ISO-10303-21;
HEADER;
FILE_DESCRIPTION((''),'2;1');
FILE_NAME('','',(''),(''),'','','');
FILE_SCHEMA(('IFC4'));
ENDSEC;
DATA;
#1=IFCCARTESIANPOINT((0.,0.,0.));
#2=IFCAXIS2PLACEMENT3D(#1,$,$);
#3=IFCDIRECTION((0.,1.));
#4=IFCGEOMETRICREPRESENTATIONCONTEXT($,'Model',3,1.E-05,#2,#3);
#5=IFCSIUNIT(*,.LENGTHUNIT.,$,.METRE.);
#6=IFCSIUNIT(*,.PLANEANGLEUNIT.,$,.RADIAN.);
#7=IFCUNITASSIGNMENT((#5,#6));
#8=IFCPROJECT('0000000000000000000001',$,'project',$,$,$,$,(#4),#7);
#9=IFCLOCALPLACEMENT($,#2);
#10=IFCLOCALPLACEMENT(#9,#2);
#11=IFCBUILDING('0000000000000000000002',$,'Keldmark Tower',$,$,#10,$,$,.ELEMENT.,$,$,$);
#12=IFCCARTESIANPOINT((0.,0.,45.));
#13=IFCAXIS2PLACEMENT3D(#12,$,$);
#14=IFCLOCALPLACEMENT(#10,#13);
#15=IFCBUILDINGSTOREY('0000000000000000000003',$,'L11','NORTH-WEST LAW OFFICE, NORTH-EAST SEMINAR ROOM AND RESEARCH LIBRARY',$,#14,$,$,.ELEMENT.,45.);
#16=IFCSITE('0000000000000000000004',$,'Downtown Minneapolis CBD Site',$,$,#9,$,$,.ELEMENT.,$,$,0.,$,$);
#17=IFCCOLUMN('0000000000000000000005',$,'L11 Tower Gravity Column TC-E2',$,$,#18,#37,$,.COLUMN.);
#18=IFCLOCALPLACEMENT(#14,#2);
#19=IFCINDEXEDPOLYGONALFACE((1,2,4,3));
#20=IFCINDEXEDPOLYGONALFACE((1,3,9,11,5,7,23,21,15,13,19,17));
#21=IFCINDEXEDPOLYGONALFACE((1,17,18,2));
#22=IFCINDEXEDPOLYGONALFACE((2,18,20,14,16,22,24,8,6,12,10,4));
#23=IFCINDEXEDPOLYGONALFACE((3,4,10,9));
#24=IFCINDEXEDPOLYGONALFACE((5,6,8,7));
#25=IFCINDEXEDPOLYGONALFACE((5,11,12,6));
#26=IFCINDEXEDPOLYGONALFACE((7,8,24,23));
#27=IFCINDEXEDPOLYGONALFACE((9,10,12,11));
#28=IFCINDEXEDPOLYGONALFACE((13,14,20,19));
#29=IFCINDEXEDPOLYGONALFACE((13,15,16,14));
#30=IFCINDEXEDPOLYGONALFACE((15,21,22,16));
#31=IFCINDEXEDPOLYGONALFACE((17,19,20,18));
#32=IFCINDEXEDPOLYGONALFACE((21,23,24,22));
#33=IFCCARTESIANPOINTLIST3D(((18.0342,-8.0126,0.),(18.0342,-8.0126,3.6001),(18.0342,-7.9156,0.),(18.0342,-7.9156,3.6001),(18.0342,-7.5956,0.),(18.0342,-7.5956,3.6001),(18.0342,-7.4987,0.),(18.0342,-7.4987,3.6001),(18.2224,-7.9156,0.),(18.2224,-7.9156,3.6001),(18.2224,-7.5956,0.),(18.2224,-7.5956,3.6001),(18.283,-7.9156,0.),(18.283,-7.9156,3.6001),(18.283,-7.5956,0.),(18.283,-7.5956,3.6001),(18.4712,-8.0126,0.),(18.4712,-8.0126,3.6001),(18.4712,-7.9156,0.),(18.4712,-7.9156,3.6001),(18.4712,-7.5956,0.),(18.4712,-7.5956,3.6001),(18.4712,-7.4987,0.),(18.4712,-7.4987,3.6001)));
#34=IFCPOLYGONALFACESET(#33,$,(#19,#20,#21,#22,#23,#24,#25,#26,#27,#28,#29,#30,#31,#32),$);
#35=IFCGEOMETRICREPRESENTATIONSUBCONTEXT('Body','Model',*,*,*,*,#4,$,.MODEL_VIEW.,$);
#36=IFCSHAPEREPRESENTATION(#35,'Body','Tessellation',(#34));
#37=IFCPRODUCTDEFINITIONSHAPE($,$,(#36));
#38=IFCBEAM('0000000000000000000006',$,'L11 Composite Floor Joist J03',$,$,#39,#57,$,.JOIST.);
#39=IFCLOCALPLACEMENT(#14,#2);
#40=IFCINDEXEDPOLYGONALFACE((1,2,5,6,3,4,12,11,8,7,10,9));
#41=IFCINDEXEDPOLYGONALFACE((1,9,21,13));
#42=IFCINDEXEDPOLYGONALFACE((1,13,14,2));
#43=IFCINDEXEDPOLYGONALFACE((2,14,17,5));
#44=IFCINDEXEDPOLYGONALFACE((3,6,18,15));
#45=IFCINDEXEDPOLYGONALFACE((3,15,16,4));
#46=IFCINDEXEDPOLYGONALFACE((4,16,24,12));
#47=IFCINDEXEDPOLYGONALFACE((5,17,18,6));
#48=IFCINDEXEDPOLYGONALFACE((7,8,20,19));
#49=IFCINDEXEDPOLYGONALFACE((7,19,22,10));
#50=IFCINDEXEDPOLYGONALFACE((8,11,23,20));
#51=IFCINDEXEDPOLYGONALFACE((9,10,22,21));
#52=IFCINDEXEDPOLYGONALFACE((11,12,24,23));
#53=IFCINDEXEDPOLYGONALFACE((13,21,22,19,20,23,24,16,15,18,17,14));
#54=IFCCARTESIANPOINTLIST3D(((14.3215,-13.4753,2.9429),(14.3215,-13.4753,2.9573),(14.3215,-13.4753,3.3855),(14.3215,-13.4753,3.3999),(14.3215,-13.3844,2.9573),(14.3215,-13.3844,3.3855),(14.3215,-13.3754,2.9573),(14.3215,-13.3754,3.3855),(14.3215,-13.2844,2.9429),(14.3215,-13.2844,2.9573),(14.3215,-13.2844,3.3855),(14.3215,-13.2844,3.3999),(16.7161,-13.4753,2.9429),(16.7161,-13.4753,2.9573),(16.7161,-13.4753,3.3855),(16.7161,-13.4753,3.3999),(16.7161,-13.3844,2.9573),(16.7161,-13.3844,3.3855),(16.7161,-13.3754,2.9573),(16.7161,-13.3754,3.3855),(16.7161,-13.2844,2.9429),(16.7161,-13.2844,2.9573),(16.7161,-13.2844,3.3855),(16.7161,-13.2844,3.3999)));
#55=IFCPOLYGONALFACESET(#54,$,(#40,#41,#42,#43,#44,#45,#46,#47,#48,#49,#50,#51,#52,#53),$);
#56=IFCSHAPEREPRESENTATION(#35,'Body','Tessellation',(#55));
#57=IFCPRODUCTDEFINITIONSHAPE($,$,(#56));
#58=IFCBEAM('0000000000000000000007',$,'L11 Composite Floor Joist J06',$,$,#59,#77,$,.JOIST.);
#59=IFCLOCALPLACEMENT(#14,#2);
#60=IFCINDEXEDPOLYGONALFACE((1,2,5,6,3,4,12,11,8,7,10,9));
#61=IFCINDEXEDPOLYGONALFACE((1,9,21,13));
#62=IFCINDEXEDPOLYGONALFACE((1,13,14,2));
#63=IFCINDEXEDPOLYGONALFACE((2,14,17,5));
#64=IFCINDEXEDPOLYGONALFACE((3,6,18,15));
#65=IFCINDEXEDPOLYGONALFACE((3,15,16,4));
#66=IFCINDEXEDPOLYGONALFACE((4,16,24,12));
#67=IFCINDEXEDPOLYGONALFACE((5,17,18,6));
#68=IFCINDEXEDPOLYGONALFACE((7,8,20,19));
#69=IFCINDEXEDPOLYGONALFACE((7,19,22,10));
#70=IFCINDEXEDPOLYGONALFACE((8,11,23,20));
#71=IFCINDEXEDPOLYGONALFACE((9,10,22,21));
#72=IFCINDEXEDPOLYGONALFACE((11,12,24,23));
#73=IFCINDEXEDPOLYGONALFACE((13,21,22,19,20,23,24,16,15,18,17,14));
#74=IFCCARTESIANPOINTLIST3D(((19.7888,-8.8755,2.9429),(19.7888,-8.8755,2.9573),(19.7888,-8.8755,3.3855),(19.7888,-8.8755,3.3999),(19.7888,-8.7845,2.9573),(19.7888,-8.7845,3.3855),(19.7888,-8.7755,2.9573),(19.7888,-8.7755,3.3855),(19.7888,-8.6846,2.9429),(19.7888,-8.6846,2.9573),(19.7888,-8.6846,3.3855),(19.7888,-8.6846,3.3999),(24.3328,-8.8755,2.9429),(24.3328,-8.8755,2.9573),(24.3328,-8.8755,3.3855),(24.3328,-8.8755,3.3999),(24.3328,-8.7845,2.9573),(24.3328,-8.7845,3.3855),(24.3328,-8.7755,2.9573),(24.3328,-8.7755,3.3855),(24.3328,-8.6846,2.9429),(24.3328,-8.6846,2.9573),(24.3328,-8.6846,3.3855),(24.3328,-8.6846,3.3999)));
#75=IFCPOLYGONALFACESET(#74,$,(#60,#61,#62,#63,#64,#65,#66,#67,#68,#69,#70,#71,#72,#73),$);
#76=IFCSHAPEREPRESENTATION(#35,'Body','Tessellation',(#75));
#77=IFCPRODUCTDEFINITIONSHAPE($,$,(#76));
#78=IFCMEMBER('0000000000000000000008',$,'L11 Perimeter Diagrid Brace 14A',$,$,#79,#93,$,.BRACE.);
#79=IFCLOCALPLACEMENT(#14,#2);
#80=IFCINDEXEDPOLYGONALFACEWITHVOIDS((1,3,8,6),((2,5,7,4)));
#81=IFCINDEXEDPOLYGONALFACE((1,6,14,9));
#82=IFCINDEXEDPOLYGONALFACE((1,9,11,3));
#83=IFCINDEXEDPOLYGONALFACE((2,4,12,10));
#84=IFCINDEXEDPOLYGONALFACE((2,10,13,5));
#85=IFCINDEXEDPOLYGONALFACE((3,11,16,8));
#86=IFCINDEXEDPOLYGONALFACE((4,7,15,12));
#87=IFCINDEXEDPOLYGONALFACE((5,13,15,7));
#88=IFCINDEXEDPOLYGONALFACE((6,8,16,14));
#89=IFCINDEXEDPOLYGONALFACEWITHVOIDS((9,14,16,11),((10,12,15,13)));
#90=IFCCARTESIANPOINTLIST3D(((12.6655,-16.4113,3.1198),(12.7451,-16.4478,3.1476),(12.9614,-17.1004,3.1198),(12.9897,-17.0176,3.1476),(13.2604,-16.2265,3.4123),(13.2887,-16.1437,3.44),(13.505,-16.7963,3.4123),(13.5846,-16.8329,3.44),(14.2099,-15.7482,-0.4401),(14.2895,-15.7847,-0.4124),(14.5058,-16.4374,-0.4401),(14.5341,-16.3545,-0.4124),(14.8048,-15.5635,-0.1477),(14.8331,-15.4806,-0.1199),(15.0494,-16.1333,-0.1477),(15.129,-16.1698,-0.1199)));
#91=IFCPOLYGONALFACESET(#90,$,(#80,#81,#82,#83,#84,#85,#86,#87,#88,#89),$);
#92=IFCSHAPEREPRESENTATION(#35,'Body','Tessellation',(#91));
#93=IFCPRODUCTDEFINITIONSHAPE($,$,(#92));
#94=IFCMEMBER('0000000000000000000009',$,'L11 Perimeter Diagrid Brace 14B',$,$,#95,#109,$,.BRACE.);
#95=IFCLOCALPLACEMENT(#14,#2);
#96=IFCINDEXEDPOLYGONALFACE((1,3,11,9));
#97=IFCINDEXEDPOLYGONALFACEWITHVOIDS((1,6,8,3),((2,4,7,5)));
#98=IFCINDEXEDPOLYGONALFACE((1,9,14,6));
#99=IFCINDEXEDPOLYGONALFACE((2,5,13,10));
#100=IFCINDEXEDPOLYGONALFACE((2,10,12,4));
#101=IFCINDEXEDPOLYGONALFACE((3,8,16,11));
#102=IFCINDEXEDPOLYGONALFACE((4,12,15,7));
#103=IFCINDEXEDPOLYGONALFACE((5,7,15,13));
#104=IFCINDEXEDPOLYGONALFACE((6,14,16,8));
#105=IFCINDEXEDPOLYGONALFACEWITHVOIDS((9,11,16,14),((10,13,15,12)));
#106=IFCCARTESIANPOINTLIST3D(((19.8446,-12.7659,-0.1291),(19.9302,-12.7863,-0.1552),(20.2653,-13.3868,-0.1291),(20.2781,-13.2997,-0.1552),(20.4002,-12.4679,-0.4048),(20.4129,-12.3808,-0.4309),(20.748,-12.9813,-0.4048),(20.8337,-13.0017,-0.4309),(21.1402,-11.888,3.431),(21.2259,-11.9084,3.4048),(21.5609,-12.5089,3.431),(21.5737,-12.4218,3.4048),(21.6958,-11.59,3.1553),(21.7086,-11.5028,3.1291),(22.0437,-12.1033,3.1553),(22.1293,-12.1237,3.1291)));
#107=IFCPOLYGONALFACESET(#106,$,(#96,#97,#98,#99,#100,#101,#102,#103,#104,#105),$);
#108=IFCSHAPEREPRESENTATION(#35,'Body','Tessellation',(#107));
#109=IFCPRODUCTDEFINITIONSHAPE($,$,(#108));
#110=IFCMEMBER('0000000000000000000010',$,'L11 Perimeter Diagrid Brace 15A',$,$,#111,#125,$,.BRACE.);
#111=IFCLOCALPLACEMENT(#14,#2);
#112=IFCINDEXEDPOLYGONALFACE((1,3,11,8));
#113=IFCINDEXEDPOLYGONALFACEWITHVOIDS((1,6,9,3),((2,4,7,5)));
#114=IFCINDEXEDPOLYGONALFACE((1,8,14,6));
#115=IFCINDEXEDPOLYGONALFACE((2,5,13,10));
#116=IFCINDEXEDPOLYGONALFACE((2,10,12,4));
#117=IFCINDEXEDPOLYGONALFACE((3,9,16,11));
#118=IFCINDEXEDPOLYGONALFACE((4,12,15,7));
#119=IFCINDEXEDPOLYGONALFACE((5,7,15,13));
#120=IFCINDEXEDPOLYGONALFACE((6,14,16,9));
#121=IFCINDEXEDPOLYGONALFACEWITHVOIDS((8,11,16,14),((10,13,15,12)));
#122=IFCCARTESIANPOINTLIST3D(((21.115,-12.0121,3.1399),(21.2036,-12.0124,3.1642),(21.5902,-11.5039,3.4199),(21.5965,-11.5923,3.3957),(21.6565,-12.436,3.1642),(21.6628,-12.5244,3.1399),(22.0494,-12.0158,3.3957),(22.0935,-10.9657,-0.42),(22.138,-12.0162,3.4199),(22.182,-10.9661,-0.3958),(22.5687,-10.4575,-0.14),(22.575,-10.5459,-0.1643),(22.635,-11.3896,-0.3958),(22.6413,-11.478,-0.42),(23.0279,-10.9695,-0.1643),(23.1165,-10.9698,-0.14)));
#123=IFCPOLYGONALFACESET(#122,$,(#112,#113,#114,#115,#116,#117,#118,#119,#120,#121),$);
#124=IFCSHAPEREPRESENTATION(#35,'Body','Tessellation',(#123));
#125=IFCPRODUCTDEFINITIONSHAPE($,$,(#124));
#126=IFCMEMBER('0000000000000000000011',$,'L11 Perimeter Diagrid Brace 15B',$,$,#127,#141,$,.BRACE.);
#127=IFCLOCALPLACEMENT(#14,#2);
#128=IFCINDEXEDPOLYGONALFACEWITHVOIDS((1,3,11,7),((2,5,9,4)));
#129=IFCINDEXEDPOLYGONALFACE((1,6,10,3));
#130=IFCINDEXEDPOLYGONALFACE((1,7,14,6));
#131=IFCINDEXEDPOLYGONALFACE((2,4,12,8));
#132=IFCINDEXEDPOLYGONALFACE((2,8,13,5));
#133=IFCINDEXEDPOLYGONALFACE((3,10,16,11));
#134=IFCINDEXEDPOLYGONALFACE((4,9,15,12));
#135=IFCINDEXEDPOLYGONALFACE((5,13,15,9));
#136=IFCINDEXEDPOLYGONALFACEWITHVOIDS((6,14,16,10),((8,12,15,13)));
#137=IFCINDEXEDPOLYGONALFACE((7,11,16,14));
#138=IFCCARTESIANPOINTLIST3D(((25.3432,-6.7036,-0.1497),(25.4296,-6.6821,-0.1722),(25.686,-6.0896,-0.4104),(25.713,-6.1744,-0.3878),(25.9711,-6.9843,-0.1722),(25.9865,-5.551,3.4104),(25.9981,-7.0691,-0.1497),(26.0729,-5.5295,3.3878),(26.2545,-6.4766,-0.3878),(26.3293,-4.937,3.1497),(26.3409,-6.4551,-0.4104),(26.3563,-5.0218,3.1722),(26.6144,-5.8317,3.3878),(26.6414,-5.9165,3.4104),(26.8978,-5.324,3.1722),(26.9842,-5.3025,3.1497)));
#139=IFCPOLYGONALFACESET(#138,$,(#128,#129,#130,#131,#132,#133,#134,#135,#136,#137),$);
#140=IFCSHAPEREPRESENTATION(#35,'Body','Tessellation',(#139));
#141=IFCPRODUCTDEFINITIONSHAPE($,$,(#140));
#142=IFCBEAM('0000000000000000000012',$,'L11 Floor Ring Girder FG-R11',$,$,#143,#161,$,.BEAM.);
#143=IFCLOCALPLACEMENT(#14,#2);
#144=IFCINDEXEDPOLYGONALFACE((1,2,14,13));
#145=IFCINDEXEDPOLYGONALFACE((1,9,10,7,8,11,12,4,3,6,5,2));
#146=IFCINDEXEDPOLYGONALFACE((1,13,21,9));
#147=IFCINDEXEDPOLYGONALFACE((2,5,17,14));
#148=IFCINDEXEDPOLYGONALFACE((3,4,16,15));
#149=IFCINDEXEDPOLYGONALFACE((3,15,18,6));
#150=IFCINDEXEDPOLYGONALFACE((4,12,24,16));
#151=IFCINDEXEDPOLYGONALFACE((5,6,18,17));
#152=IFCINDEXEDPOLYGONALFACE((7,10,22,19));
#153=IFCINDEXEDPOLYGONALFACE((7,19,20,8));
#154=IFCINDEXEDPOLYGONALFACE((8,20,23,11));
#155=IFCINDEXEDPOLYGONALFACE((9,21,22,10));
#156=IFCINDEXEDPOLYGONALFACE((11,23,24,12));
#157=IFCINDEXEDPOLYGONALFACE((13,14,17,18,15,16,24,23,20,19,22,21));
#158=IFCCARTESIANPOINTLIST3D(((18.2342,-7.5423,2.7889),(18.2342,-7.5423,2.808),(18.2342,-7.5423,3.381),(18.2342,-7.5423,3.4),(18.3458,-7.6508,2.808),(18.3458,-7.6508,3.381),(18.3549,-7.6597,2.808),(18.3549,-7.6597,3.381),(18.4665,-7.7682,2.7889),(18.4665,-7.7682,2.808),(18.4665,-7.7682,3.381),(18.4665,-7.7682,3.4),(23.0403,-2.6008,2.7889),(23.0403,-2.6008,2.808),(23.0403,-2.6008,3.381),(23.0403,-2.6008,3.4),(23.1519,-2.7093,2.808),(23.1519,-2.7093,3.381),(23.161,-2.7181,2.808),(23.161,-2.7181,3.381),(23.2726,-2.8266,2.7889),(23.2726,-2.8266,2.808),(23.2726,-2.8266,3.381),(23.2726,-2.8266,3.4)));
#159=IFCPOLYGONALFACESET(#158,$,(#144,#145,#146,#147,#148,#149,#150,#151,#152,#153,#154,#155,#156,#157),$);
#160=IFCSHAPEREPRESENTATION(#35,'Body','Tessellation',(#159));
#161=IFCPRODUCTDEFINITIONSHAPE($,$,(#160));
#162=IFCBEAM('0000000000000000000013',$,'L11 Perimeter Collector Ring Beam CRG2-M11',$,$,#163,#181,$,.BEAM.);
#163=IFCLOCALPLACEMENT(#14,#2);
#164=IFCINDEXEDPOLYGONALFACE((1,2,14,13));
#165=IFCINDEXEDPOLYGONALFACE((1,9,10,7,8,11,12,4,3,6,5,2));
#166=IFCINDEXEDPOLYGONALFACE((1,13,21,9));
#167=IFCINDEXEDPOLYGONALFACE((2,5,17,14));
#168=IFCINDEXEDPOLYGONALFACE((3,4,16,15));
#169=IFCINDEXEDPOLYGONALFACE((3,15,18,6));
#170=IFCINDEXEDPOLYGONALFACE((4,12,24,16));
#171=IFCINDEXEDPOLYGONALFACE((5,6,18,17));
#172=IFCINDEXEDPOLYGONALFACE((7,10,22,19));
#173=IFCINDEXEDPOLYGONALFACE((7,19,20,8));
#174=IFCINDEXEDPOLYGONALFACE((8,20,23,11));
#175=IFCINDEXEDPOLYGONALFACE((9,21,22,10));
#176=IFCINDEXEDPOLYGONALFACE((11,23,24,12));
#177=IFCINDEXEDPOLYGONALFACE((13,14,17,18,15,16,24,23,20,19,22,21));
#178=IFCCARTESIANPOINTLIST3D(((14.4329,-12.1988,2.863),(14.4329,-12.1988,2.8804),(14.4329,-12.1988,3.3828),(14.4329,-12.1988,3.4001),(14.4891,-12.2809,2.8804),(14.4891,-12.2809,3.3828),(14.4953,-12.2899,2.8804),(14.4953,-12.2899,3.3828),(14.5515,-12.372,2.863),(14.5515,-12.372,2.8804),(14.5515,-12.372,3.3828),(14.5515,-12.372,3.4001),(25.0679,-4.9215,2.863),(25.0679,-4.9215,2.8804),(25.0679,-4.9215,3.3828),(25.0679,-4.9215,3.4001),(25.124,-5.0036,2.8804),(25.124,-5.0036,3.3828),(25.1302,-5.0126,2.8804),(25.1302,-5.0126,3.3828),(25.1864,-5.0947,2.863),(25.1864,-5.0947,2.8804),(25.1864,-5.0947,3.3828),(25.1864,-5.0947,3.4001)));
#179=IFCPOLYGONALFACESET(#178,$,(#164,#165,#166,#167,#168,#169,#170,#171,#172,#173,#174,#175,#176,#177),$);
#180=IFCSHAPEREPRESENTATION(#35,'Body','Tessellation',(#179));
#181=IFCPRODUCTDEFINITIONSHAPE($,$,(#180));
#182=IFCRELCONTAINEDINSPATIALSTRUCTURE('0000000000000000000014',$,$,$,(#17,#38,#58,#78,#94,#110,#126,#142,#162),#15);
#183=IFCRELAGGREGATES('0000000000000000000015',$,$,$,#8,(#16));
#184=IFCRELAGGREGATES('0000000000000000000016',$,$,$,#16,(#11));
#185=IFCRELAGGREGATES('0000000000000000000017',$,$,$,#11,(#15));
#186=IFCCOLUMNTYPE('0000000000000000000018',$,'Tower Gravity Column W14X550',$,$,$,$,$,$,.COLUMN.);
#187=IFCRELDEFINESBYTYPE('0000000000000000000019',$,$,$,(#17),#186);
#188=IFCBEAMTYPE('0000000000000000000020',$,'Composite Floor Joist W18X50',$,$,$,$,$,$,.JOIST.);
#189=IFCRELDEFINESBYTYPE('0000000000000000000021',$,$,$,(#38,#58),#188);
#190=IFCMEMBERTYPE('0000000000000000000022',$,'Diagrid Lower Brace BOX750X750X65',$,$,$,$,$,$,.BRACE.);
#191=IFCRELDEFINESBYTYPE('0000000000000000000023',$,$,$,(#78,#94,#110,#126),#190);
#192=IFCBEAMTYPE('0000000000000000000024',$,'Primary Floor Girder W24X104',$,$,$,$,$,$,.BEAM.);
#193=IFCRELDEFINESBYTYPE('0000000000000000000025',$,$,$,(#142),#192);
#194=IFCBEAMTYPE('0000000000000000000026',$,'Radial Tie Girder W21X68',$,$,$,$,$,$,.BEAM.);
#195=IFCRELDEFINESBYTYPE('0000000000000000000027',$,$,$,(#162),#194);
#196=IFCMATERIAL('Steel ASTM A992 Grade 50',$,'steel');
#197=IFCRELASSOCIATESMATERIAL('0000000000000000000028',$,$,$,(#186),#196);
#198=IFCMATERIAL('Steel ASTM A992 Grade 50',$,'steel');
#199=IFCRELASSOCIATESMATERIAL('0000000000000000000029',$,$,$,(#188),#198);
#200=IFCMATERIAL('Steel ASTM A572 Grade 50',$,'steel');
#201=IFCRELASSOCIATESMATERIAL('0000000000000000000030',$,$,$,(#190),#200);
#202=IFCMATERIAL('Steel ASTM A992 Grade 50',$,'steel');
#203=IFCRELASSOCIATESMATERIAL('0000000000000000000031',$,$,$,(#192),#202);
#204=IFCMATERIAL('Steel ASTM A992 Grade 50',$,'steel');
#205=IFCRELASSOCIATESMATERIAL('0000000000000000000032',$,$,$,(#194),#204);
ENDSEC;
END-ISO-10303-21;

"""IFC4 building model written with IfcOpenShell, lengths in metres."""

from ifc_helpers import new_model, si_unit, direction, frame, origin, origin_2d, place, context, subcontext, project, spatial, hollow_rectangle, i_section, extrude, material, material_profile, profile_set, type_object, element, save


model = new_model("IFC4")

# Units and contexts
model_context = context("Model", 3, precision=1e-05, world=origin(), true_north=direction((0.0, 1.0)))
body_context = subcontext(model_context, "Body", "Model", "MODEL_VIEW")
ifc_project = project(units=[si_unit("LENGTHUNIT", "METRE"), si_unit("PLANEANGLEUNIT", "RADIAN")], contexts=[model_context])

# Site, building, storey
site_placement = place(None, origin())
site = spatial("IfcSite", under=ifc_project, at=site_placement, Name="Downtown Minneapolis CBD Site", CompositionType="ELEMENT", RefElevation=0.0)
building_placement = place(site_placement, origin())
building = spatial("IfcBuilding", under=site, at=building_placement, Name="Keldmark Tower", CompositionType="ELEMENT")
storey_placement = place(building_placement, frame((0.0, 0.0, 45.0)))
storey = spatial("IfcBuildingStorey", under=building, at=storey_placement, Name="L11", Description="NORTH-WEST LAW OFFICE, NORTH-EAST SEMINAR ROOM AND RESEARCH LIBRARY", CompositionType="ELEMENT", Elevation=45.0)

# Column
ifc_material_1 = material(Name="Steel ASTM A992 Grade 50", Category="steel")
ifc_material_profile_1 = material_profile(ifc_material_1, i_section(OverallWidth=0.437, OverallDepth=0.5139, WebThickness=0.0605, FlangeThickness=0.0969, at=origin_2d()), Name="W14X550")
ifc_profile_set_1 = profile_set([ifc_material_profile_1], Name="Steel ASTM A992 Grade 50")
column_type = type_object("IfcColumnType", Name="Tower Gravity Column W14X550", PredefinedType="COLUMN", material=ifc_profile_set_1)
column_placement = place(storey_placement, frame((18.2527, -7.7556, 0.0), z_axis=(0.0, 0.0, 1.0), x_axis=(1.0, 0.0, 0.0)))
element("IfcColumn", 1, at=column_placement, inside=storey, type_object=column_type, Name="L11 Tower Gravity Column TC-E2", PredefinedType="COLUMN", context=body_context, shape_type="SweptSolid", body=[
    extrude(i_section(OverallWidth=0.437, OverallDepth=0.5139, WebThickness=0.0605, FlangeThickness=0.0969, at=origin_2d()), origin(), (0.0, 0.0, 1.0), 3.6001),
])

# Beams
ifc_material_2 = material(Name="Steel ASTM A992 Grade 50", Category="steel")
ifc_material_profile_2 = material_profile(ifc_material_2, i_section(OverallWidth=0.1909, OverallDepth=0.457, WebThickness=0.009, FlangeThickness=0.0144, at=origin_2d()), Name="W18X50")
ifc_profile_set_2 = profile_set([ifc_material_profile_2], Name="Steel ASTM A992 Grade 50")
beam_type_1 = type_object("IfcBeamType", Name="Composite Floor Joist W18X50", PredefinedType="JOIST", material=ifc_profile_set_2)
beam_1_placement = place(storey_placement, frame((14.3215, -13.3799, 3.1714), z_axis=(1.0, 0.0, 0.0), x_axis=(0.0, 1.0, 0.0)))
element("IfcBeam", 2, at=beam_1_placement, inside=storey, type_object=beam_type_1, Name="L11 Composite Floor Joist J03", PredefinedType="JOIST", context=body_context, shape_type="SweptSolid", body=[
    extrude(i_section(OverallWidth=0.1909, OverallDepth=0.457, WebThickness=0.009, FlangeThickness=0.0144, at=origin_2d()), origin(), (0.0, 0.0, 1.0), 2.3945),
])
beam_2_placement = place(storey_placement, frame((19.7888, -8.78, 3.1714), z_axis=(1.0, 0.0, 0.0), x_axis=(0.0, 1.0, 0.0)))
element("IfcBeam", 3, at=beam_2_placement, inside=storey, type_object=beam_type_1, Name="L11 Composite Floor Joist J06", PredefinedType="JOIST", context=body_context, shape_type="SweptSolid", body=[
    extrude(i_section(OverallWidth=0.1909, OverallDepth=0.457, WebThickness=0.009, FlangeThickness=0.0144, at=origin_2d()), origin(), (0.0, 0.0, 1.0), 4.5439),
])

# Members
ifc_material_3 = material(Name="Steel ASTM A572 Grade 50", Category="steel")
ifc_material_profile_3 = material_profile(ifc_material_3, hollow_rectangle(XDim=0.75, YDim=0.75, WallThickness=0.0649, at=origin_2d()), Name="BOX750X750X65")
ifc_profile_set_3 = profile_set([ifc_material_profile_3], Name="Steel ASTM A572 Grade 50")
member_type = type_object("IfcMemberType", Name="Diagrid Lower Brace BOX750X750X65", PredefinedType="BRACE", material=ifc_profile_set_3)
member_1_placement = place(storey_placement, frame((14.6694, -15.959, -0.28), z_axis=(-0.392299, -0.16843, 0.904286), x_axis=(0.394515, -0.918889, 0.0)))
element("IfcMember", 4, at=member_1_placement, inside=storey, type_object=member_type, Name="L11 Perimeter Diagrid Brace 14A", PredefinedType="BRACE", context=body_context, shape_type="SweptSolid", body=[
    extrude(hollow_rectangle(XDim=0.75, YDim=0.75, WallThickness=0.0649, at=origin_2d()), origin(), (0.0, 0.0, 1.0), 3.9368),
])
member_2_placement = place(storey_placement, frame((20.3391, -12.8838, -0.28), z_axis=(0.333168, 0.225753, 0.915442), x_axis=(-0.560948, 0.827851, 0.0)))
element("IfcMember", 5, at=member_2_placement, inside=storey, type_object=member_type, Name="L11 Perimeter Diagrid Brace 14B", PredefinedType="BRACE", context=body_context, shape_type="SweptSolid", body=[
    extrude(hollow_rectangle(XDim=0.75, YDim=0.75, WallThickness=0.0649, at=origin_2d()), origin(), (0.0, 0.0, 1.0), 3.8889),
])
member_3_placement = place(storey_placement, frame((22.605, -10.9678, -0.28), z_axis=(-0.254988, -0.272674, 0.927702), x_axis=(0.730398, -0.683022, 0.0)))
element("IfcMember", 6, at=member_3_placement, inside=storey, type_object=member_type, Name="L11 Perimeter Diagrid Brace 15A", PredefinedType="BRACE", context=body_context, shape_type="SweptSolid", body=[
    extrude(hollow_rectangle(XDim=0.75, YDim=0.75, WallThickness=0.0649, at=origin_2d()), origin(), (0.0, 0.0, 1.0), 3.8374),
])
member_4_placement = place(storey_placement, frame((25.842, -6.5793, -0.28), z_axis=(0.169431, 0.303562, 0.937626), x_axis=(-0.873196, 0.487369, 0.0)))
element("IfcMember", 7, at=member_4_placement, inside=storey, type_object=member_type, Name="L11 Perimeter Diagrid Brace 15B", PredefinedType="BRACE", context=body_context, shape_type="SweptSolid", body=[
    extrude(hollow_rectangle(XDim=0.75, YDim=0.75, WallThickness=0.0649, at=origin_2d()), origin(), (0.0, 0.0, 1.0), 3.7969),
])

# Beams
ifc_material_4 = material(Name="Steel ASTM A992 Grade 50", Category="steel")
ifc_material_profile_4 = material_profile(ifc_material_4, i_section(OverallWidth=0.324, OverallDepth=0.6111, WebThickness=0.0127, FlangeThickness=0.019, at=origin_2d()), Name="W24X104")
ifc_profile_set_4 = profile_set([ifc_material_profile_4], Name="Steel ASTM A992 Grade 50")
beam_type_2 = type_object("IfcBeamType", Name="Primary Floor Girder W24X104", PredefinedType="BEAM", material=ifc_profile_set_4)
beam_3_placement = place(storey_placement, frame((18.3503, -7.6553, 3.0945), z_axis=(0.69721, 0.716867, 0.0), x_axis=(-0.716867, 0.69721, 0.0)))
element("IfcBeam", 8, at=beam_3_placement, inside=storey, type_object=beam_type_2, Name="L11 Floor Ring Girder FG-R11", PredefinedType="BEAM", context=body_context, shape_type="SweptSolid", body=[
    extrude(i_section(OverallWidth=0.324, OverallDepth=0.6111, WebThickness=0.0127, FlangeThickness=0.019, at=origin_2d()), origin(), (0.0, 0.0, 1.0), 6.8933),
])
ifc_material_5 = material(Name="Steel ASTM A992 Grade 50", Category="steel")
ifc_material_profile_5 = material_profile(ifc_material_5, i_section(OverallWidth=0.21, OverallDepth=0.5371, WebThickness=0.011, FlangeThickness=0.0173, at=origin_2d()), Name="W21X68")
ifc_profile_set_5 = profile_set([ifc_material_profile_5], Name="Steel ASTM A992 Grade 50")
beam_type_3 = type_object("IfcBeamType", Name="Radial Tie Girder W21X68", PredefinedType="BEAM", material=ifc_profile_set_5)
beam_4_placement = place(storey_placement, frame((14.4922, -12.2854, 3.1316), z_axis=(0.82528, 0.564724, 0.0), x_axis=(-0.564724, 0.82528, 0.0)))
element("IfcBeam", 9, at=beam_4_placement, inside=storey, type_object=beam_type_3, Name="L11 Perimeter Collector Ring Beam CRG2-M11", PredefinedType="BEAM", context=body_context, shape_type="SweptSolid", body=[
    extrude(i_section(OverallWidth=0.21, OverallDepth=0.5371, WebThickness=0.011, FlangeThickness=0.0173, at=origin_2d()), origin(), (0.0, 0.0, 1.0), 12.8865),
])

save(model, "model.ifc")
